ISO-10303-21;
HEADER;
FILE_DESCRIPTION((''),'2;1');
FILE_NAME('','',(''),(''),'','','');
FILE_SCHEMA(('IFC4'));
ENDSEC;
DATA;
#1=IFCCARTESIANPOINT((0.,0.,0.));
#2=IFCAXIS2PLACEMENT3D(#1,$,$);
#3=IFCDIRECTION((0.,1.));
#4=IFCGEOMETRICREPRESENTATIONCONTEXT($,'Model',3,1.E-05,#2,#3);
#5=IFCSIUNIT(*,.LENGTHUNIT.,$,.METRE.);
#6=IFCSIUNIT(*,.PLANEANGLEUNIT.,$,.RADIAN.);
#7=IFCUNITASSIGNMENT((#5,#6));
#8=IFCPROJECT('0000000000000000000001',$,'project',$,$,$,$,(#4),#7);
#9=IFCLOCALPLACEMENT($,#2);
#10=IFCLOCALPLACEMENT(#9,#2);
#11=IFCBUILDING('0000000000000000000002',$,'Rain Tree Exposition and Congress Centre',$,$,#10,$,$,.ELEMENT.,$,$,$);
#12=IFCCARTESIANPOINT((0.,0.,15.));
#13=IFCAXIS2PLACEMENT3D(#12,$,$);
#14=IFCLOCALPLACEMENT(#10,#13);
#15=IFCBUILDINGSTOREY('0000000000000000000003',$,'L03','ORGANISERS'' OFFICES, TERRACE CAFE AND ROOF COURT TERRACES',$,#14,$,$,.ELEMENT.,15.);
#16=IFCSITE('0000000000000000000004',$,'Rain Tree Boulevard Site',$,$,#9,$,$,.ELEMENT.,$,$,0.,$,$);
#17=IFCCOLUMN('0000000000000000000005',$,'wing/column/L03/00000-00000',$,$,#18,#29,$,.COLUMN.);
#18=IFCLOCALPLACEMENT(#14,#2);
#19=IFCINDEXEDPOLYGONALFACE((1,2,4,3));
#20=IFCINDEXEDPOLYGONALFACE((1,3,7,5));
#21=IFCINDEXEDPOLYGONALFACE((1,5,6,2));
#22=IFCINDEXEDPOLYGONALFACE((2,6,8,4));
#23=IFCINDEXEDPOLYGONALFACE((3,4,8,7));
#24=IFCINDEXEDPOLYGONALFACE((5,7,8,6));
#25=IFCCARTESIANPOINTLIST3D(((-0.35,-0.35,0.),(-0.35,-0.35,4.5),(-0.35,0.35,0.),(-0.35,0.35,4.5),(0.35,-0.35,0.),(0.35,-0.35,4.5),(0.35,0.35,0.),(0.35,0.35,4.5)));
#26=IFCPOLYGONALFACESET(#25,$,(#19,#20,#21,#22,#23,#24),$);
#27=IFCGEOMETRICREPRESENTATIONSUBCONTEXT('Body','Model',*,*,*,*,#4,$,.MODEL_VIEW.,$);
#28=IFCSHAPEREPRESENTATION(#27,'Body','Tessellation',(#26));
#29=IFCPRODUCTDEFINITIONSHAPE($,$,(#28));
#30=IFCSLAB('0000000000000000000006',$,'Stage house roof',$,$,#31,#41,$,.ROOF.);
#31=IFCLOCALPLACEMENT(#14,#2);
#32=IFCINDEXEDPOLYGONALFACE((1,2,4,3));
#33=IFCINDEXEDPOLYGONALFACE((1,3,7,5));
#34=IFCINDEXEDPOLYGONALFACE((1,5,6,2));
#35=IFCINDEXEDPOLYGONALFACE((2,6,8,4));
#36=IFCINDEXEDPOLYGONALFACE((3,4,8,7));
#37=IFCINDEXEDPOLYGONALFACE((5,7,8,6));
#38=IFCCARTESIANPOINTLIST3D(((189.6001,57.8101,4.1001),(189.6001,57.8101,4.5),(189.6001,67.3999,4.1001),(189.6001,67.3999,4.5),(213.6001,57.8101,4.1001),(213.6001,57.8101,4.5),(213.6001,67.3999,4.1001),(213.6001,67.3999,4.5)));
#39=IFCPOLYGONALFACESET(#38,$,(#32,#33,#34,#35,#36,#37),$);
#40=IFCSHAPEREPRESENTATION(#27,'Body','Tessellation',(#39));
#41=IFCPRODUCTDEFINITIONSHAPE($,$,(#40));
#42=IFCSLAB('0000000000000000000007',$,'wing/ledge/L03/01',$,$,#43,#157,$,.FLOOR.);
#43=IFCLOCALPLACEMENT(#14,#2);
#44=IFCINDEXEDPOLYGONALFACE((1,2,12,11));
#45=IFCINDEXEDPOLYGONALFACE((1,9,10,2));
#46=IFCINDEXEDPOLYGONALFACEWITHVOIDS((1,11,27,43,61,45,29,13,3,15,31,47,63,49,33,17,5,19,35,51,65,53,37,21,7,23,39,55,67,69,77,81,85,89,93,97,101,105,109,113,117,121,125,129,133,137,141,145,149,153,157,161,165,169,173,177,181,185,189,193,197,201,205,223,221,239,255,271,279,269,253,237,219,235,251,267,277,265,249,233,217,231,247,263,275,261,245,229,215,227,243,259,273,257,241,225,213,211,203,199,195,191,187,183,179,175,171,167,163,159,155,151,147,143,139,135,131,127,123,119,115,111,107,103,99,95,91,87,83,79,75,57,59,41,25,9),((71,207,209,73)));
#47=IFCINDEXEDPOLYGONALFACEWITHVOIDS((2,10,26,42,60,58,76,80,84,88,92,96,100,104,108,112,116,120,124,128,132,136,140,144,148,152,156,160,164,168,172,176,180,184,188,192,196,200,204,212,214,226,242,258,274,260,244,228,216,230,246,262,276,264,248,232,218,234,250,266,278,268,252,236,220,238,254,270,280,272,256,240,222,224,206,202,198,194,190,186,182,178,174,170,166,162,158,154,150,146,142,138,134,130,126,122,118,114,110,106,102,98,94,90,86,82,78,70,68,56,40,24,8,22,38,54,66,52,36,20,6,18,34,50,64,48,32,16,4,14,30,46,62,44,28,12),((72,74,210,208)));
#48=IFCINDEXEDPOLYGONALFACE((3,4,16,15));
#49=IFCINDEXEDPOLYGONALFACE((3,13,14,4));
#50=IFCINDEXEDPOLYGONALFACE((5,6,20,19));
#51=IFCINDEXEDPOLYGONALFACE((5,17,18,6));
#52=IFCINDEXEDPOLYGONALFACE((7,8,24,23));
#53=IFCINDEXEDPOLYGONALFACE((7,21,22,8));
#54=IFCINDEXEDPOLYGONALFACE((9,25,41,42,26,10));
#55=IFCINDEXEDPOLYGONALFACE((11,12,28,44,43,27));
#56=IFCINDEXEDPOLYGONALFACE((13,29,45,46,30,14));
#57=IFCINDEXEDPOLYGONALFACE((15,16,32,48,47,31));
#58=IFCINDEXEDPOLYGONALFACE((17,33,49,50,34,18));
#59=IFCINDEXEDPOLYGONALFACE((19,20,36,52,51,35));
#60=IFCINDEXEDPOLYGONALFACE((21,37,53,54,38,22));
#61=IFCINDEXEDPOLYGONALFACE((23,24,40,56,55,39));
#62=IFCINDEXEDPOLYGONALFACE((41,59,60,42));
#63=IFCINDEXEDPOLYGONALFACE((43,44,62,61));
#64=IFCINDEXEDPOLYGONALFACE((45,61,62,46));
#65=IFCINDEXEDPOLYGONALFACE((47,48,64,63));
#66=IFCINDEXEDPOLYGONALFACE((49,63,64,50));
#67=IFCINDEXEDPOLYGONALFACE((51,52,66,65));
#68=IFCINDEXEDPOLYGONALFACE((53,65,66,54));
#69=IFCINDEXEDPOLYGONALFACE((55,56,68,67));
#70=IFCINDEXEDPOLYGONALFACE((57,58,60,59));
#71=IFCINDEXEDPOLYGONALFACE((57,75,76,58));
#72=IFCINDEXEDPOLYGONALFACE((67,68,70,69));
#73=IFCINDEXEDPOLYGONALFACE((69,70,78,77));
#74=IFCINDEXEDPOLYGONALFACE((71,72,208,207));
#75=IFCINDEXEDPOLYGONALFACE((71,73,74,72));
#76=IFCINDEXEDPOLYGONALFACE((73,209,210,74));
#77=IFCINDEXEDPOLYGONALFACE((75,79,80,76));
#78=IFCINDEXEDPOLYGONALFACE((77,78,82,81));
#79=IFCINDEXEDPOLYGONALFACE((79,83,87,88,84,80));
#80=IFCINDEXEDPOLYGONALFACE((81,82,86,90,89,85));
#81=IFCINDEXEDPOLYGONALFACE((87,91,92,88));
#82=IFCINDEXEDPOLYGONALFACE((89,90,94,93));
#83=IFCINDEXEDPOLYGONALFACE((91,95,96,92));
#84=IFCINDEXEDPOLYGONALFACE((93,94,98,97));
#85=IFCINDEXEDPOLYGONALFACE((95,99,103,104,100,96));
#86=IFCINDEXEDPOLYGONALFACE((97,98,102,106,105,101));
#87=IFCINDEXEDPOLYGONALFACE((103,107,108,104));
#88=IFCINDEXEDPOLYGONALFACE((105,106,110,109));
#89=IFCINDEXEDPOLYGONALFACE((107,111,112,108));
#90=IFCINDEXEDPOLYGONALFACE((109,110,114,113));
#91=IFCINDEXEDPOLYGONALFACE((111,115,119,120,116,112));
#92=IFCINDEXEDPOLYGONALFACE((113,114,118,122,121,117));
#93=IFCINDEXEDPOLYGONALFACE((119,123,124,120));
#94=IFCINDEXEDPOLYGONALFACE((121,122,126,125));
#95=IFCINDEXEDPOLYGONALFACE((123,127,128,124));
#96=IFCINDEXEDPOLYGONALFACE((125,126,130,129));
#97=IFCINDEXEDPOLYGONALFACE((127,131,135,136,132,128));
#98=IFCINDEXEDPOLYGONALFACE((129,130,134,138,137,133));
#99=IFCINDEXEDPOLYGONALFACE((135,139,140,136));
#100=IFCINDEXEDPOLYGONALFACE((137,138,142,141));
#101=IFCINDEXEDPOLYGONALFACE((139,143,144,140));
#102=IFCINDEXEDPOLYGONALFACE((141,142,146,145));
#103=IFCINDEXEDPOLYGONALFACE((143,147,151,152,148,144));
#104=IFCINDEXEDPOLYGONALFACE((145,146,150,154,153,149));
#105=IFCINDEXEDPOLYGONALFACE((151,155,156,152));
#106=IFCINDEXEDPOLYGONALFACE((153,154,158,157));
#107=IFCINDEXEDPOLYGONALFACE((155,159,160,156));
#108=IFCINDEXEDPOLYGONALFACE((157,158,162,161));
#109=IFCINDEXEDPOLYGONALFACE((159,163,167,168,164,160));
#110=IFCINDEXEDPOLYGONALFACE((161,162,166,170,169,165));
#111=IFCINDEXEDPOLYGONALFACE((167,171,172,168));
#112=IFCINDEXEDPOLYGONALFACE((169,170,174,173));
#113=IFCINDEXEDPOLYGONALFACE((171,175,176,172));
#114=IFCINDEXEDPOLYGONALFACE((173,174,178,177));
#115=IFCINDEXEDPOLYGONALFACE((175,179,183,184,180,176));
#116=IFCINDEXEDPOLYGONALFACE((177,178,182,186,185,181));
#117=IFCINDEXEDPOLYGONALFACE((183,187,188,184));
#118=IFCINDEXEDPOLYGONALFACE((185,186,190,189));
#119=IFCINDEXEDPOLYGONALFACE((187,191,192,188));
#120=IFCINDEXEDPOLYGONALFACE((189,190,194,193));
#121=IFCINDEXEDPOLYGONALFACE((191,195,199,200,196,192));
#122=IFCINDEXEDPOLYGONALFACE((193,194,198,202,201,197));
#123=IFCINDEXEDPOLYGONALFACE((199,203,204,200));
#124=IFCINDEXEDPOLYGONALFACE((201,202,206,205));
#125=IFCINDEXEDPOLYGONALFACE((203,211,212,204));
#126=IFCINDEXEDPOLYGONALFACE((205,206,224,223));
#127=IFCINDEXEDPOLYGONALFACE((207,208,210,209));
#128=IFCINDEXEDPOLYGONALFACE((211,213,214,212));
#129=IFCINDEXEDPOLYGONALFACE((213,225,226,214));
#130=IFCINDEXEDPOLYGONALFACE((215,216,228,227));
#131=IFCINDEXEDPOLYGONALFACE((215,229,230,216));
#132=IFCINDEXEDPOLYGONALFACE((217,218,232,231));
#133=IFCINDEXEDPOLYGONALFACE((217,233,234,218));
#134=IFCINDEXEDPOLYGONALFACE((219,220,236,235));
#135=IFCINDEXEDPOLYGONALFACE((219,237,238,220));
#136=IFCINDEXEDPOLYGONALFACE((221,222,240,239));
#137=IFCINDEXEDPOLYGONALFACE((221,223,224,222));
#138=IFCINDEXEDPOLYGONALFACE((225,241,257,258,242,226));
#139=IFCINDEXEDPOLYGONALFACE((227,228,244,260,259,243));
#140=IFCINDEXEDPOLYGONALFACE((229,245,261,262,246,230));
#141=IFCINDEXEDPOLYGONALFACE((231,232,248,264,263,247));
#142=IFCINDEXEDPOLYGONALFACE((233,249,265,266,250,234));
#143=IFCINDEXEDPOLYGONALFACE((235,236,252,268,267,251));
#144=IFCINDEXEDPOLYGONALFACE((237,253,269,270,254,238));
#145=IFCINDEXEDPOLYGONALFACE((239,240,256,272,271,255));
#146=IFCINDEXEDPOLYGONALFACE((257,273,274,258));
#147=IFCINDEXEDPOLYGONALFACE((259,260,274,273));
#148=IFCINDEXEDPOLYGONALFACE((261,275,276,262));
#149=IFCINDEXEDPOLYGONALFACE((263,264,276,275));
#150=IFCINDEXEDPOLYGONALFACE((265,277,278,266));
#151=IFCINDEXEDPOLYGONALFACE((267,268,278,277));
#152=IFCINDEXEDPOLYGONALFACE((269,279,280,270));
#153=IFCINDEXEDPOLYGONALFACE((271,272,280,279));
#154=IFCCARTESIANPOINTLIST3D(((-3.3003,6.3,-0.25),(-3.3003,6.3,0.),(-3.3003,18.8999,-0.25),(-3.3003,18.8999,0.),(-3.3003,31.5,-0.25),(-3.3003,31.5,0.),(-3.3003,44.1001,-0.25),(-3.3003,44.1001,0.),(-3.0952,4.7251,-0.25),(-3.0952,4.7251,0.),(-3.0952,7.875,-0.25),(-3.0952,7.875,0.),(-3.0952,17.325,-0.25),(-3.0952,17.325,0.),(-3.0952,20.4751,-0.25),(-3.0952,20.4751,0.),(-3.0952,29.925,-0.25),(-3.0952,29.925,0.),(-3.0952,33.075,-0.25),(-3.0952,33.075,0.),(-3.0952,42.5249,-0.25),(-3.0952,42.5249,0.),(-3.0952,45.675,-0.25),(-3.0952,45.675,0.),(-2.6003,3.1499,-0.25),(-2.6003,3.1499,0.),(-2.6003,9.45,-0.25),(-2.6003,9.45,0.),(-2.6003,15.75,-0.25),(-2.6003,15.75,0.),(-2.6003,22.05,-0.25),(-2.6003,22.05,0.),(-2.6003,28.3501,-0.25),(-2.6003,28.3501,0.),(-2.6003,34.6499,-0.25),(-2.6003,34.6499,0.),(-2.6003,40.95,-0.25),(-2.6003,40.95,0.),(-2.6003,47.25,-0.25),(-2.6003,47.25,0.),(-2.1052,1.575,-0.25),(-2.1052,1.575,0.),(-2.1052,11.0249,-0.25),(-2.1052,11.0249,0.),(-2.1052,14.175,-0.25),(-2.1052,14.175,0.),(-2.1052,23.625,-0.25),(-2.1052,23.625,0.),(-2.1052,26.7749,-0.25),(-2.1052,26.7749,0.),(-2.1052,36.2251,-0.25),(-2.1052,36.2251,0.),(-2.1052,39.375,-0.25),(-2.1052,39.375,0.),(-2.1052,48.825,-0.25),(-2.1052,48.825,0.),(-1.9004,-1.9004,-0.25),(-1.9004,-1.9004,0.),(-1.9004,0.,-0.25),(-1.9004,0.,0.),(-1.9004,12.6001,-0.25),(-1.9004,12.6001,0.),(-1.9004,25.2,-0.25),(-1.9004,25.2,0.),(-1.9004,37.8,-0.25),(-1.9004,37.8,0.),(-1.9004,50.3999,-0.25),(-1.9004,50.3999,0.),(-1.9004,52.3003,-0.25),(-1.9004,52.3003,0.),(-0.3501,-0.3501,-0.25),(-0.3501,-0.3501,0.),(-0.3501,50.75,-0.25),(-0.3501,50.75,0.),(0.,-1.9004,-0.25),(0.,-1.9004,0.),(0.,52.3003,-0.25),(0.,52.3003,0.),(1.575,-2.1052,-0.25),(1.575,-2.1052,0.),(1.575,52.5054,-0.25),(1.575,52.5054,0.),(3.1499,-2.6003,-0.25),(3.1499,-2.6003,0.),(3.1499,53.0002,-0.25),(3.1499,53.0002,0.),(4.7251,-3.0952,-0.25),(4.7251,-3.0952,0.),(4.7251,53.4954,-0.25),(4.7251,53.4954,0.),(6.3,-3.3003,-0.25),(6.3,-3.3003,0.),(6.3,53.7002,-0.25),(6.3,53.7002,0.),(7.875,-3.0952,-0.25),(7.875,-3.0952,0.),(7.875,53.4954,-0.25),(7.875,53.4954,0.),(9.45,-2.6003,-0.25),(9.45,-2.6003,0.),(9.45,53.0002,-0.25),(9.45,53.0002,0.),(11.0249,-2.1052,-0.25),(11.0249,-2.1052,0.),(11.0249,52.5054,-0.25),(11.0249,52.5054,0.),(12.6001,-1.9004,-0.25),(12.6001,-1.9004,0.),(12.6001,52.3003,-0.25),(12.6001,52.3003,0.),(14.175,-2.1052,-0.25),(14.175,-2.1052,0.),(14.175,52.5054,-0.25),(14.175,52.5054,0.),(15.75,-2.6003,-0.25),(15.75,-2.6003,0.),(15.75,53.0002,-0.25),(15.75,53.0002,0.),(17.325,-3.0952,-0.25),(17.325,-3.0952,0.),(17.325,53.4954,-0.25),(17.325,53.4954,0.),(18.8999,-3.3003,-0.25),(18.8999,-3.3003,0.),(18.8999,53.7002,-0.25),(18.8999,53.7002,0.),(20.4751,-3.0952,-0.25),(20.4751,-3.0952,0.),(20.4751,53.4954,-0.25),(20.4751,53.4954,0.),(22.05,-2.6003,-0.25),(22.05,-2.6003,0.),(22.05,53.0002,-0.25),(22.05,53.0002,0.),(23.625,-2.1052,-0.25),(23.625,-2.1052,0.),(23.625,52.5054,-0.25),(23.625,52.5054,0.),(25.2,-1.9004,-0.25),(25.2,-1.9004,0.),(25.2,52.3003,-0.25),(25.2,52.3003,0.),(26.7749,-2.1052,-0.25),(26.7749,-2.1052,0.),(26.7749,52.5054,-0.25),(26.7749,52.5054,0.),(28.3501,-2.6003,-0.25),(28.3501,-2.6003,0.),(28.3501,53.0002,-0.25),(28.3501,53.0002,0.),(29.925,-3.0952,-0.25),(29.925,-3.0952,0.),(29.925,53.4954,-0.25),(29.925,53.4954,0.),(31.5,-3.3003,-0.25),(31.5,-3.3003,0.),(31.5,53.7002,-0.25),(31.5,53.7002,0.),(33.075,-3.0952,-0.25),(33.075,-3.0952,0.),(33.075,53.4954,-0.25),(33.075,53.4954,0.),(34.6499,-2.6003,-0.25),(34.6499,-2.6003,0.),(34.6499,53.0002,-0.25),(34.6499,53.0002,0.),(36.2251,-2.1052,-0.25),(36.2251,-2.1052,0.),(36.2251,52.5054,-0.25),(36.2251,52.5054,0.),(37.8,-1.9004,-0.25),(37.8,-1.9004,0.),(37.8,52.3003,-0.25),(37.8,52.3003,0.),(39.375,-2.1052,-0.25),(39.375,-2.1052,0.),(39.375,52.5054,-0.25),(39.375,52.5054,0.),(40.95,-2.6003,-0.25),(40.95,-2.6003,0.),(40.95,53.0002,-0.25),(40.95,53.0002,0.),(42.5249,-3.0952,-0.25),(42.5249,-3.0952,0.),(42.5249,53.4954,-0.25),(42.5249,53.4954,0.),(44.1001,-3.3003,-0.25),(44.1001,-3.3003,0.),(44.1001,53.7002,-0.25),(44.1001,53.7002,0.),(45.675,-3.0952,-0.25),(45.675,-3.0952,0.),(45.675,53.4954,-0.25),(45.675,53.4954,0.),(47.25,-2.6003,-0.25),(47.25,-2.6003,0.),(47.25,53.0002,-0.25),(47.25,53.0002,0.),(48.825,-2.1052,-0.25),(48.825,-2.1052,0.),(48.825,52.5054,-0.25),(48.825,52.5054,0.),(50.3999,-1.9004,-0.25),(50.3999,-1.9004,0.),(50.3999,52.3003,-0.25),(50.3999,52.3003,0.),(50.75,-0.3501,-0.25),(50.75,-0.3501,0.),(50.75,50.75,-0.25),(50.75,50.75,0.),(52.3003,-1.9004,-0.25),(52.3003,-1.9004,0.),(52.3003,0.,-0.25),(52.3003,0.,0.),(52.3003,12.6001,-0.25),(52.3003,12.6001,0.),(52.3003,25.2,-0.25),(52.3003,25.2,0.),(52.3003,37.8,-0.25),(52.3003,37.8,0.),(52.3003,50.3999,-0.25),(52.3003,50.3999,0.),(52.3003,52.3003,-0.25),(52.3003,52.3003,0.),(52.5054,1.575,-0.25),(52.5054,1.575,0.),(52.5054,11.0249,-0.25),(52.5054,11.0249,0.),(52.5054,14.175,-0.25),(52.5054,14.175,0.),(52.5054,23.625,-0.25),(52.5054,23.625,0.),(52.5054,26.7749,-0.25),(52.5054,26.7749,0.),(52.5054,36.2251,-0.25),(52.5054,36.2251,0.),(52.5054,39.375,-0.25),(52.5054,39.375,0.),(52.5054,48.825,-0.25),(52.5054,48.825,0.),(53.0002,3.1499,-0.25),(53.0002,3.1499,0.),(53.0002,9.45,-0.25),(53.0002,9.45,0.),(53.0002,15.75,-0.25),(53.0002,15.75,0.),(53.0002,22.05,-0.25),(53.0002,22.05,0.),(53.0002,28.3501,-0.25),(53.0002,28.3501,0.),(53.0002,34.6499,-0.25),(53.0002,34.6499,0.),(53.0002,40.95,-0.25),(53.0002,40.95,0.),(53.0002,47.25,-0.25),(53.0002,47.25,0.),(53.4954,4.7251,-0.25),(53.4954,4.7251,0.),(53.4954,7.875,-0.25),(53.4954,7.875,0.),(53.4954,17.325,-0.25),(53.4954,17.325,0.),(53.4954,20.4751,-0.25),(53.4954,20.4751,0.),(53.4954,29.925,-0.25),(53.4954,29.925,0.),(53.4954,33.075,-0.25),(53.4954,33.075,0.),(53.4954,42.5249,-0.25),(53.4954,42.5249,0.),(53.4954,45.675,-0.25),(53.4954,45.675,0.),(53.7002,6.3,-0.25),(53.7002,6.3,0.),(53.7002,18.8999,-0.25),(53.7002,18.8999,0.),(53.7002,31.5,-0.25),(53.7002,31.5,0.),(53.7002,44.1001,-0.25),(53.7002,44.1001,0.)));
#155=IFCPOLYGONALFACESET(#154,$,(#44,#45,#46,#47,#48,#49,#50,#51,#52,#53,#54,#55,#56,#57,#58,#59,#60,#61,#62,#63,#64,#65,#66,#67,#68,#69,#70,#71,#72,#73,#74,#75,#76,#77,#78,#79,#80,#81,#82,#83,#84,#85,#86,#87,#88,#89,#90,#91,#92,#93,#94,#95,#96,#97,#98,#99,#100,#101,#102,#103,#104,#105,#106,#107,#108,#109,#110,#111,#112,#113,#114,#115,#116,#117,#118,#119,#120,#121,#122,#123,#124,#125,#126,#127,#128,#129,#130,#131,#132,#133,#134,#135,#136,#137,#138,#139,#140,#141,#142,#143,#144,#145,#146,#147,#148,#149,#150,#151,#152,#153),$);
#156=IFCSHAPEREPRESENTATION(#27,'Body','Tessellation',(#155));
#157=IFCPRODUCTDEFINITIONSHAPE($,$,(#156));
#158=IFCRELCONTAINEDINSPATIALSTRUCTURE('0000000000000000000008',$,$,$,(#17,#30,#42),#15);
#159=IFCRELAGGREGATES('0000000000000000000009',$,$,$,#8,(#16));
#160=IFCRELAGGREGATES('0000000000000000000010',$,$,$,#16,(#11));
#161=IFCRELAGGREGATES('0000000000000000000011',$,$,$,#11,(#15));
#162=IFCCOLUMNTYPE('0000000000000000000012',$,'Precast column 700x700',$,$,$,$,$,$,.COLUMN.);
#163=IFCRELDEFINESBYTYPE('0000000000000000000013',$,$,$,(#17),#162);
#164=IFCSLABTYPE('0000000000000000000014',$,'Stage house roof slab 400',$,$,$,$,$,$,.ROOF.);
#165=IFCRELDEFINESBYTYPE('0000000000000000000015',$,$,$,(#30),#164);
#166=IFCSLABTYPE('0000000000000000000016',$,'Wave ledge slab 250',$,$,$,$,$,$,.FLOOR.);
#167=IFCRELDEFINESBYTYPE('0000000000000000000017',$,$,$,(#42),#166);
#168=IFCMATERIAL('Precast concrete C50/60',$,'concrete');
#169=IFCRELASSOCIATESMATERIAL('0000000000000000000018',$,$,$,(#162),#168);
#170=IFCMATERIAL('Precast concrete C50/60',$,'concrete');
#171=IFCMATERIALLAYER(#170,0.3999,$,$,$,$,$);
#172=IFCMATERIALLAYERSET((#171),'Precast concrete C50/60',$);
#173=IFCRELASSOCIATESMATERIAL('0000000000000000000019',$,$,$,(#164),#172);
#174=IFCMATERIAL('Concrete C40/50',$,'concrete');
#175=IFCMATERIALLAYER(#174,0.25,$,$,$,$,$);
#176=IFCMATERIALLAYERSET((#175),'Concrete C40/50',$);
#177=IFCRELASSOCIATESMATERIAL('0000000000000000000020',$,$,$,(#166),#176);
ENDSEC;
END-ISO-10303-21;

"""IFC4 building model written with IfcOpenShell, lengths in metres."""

from ifc_helpers import new_model, si_unit, direction, frame, origin, origin_with_axes, origin_2d, place, context, subcontext, project, spatial, polyline, rectangle, outline, extrude, material, layer, layer_set, material_profile, profile_set, type_object, element, save


model = new_model("IFC4")

# Units and contexts
model_context = context("Model", 3, precision=1e-05, world=origin(), true_north=direction((0.0, 1.0)))
body_context = subcontext(model_context, "Body", "Model", "MODEL_VIEW")
ifc_project = project(units=[si_unit("LENGTHUNIT", "METRE"), si_unit("PLANEANGLEUNIT", "RADIAN")], contexts=[model_context])

# Site, building, storey
site_placement = place(None, origin())
site = spatial("IfcSite", under=ifc_project, at=site_placement, Name="Rain Tree Boulevard Site", CompositionType="ELEMENT", RefElevation=0.0)
building_placement = place(site_placement, origin())
building = spatial("IfcBuilding", under=site, at=building_placement, Name="Rain Tree Exposition and Congress Centre", CompositionType="ELEMENT")
storey_placement = place(building_placement, frame((0.0, 0.0, 15.0)))
storey = spatial("IfcBuildingStorey", under=building, at=storey_placement, Name="L03", Description="ORGANISERS' OFFICES, TERRACE CAFE AND ROOF COURT TERRACES", CompositionType="ELEMENT", Elevation=15.0)

# Column
ifc_material_1 = material(Name="Precast concrete C50/60", Category="concrete")
ifc_material_profile_1 = material_profile(ifc_material_1, rectangle(XDim=0.7, YDim=0.7, at=origin_2d()), Name="RC 700x700")
ifc_profile_set_1 = profile_set([ifc_material_profile_1], Name="Precast concrete C50/60")
column_type = type_object("IfcColumnType", Name="Precast column 700x700", PredefinedType="COLUMN", material=ifc_profile_set_1)
column_placement = place(storey_placement, origin_with_axes())
element("IfcColumn", 1, at=column_placement, inside=storey, type_object=column_type, Name="wing/column/L03/00000-00000", PredefinedType="COLUMN", context=body_context, shape_type="SweptSolid", body=[
    extrude(rectangle(XDim=0.7, YDim=0.7, at=origin_2d()), origin(), (0.0, 0.0, 1.0), 4.5),
])

# Slabs
ifc_material_2 = material(Name="Precast concrete C50/60", Category="concrete")
ifc_layer_1 = layer(ifc_material_2, 0.3999)
ifc_layer_set_1 = layer_set([ifc_layer_1], Name="Precast concrete C50/60")
slab_type_1 = type_object("IfcSlabType", Name="Stage house roof slab 400", PredefinedType="ROOF", material=ifc_layer_set_1)
slab_1_placement = place(storey_placement, frame((0.0, 0.0, 4.1001)))
element("IfcSlab", 2, at=slab_1_placement, inside=storey, type_object=slab_type_1, Name="Stage house roof", PredefinedType="ROOF", context=body_context, shape_type="SweptSolid", body=[
    extrude(outline(polyline([(213.6001, 57.8101), (213.6001, 67.3999), (189.6001, 67.3999), (189.6001, 57.8101), (213.6001, 57.8101)])), origin(), (0.0, 0.0, 1.0), 0.3999),
])
ifc_material_3 = material(Name="Concrete C40/50", Category="concrete")
ifc_layer_2 = layer(ifc_material_3, 0.25)
ifc_layer_set_2 = layer_set([ifc_layer_2], Name="Concrete C40/50")
slab_type_2 = type_object("IfcSlabType", Name="Wave ledge slab 250", PredefinedType="FLOOR", material=ifc_layer_set_2)
slab_2_placement = place(storey_placement, frame((0.0, 0.0, -0.25)))
element("IfcSlab", 3, at=slab_2_placement, inside=storey, type_object=slab_type_2, Name="wing/ledge/L03/01", PredefinedType="FLOOR", context=body_context, shape_type="SweptSolid", body=[
    extrude(outline(polyline([(-1.9004, -1.9004), (0.0, -1.9004), (1.575, -2.1052), (3.1499, -2.6003), (4.7251, -3.0952), (6.3, -3.3003), (7.875, -3.0952), (9.45, -2.6003), (11.0249, -2.1052), (12.6001, -1.9004), (14.175, -2.1052), (15.75, -2.6003), (17.325, -3.0952), (18.8999, -3.3003), (20.4751, -3.0952), (22.05, -2.6003), (23.625, -2.1052), (25.2, -1.9004), (26.7749, -2.1052), (28.3501, -2.6003), (29.925, -3.0952), (31.5, -3.3003), (33.075, -3.0952), (34.6499, -2.6003), (36.2251, -2.1052), (37.8, -1.9004), (39.375, -2.1052), (40.95, -2.6003), (42.5249, -3.0952), (44.1001, -3.3003), (45.675, -3.0952), (47.25, -2.6003), (48.825, -2.1052), (50.3999, -1.9004), (52.3003, -1.9004), (52.3003, 0.0), (52.5054, 1.575), (53.0002, 3.1499), (53.4954, 4.7251), (53.7002, 6.3), (53.4954, 7.875), (53.0002, 9.45), (52.5054, 11.0249), (52.3003, 12.6001), (52.5054, 14.175), (53.0002, 15.75), (53.4954, 17.325), (53.7002, 18.8999), (53.4954, 20.4751), (53.0002, 22.05), (52.5054, 23.625), (52.3003, 25.2), (52.5054, 26.7749), (53.0002, 28.3501), (53.4954, 29.925), (53.7002, 31.5), (53.4954, 33.075), (53.0002, 34.6499), (52.5054, 36.2251), (52.3003, 37.8), (52.5054, 39.375), (53.0002, 40.95), (53.4954, 42.5249), (53.7002, 44.1001), (53.4954, 45.675), (53.0002, 47.25), (52.5054, 48.825), (52.3003, 50.3999), (52.3003, 52.3003), (50.3999, 52.3003), (48.825, 52.5054), (47.25, 53.0002), (45.675, 53.4954), (44.1001, 53.7002), (42.5249, 53.4954), (40.95, 53.0002), (39.375, 52.5054), (37.8, 52.3003), (36.2251, 52.5054), (34.6499, 53.0002), (33.075, 53.4954), (31.5, 53.7002), (29.925, 53.4954), (28.3501, 53.0002), (26.7749, 52.5054), (25.2, 52.3003), (23.625, 52.5054), (22.05, 53.0002), (20.4751, 53.4954), (18.8999, 53.7002), (17.325, 53.4954), (15.75, 53.0002), (14.175, 52.5054), (12.6001, 52.3003), (11.0249, 52.5054), (9.45, 53.0002), (7.875, 53.4954), (6.3, 53.7002), (4.7251, 53.4954), (3.1499, 53.0002), (1.575, 52.5054), (0.0, 52.3003), (-1.9004, 52.3003), (-1.9004, 50.3999), (-2.1052, 48.825), (-2.6003, 47.25), (-3.0952, 45.675), (-3.3003, 44.1001), (-3.0952, 42.5249), (-2.6003, 40.95), (-2.1052, 39.375), (-1.9004, 37.8), (-2.1052, 36.2251), (-2.6003, 34.6499), (-3.0952, 33.075), (-3.3003, 31.5), (-3.0952, 29.925), (-2.6003, 28.3501), (-2.1052, 26.7749), (-1.9004, 25.2), (-2.1052, 23.625), (-2.6003, 22.05), (-3.0952, 20.4751), (-3.3003, 18.8999), (-3.0952, 17.325), (-2.6003, 15.75), (-2.1052, 14.175), (-1.9004, 12.6001), (-2.1052, 11.0249), (-2.6003, 9.45), (-3.0952, 7.875), (-3.3003, 6.3), (-3.0952, 4.7251), (-2.6003, 3.1499), (-2.1052, 1.575), (-1.9004, 0.0), (-1.9004, -1.9004)]), holes=[polyline([(50.75, 50.75), (50.75, -0.3501), (-0.3501, -0.3501), (-0.3501, 50.75), (50.75, 50.75)])]), origin(), (0.0, 0.0, 1.0), 0.25),
])

save(model, "model.ifc")
